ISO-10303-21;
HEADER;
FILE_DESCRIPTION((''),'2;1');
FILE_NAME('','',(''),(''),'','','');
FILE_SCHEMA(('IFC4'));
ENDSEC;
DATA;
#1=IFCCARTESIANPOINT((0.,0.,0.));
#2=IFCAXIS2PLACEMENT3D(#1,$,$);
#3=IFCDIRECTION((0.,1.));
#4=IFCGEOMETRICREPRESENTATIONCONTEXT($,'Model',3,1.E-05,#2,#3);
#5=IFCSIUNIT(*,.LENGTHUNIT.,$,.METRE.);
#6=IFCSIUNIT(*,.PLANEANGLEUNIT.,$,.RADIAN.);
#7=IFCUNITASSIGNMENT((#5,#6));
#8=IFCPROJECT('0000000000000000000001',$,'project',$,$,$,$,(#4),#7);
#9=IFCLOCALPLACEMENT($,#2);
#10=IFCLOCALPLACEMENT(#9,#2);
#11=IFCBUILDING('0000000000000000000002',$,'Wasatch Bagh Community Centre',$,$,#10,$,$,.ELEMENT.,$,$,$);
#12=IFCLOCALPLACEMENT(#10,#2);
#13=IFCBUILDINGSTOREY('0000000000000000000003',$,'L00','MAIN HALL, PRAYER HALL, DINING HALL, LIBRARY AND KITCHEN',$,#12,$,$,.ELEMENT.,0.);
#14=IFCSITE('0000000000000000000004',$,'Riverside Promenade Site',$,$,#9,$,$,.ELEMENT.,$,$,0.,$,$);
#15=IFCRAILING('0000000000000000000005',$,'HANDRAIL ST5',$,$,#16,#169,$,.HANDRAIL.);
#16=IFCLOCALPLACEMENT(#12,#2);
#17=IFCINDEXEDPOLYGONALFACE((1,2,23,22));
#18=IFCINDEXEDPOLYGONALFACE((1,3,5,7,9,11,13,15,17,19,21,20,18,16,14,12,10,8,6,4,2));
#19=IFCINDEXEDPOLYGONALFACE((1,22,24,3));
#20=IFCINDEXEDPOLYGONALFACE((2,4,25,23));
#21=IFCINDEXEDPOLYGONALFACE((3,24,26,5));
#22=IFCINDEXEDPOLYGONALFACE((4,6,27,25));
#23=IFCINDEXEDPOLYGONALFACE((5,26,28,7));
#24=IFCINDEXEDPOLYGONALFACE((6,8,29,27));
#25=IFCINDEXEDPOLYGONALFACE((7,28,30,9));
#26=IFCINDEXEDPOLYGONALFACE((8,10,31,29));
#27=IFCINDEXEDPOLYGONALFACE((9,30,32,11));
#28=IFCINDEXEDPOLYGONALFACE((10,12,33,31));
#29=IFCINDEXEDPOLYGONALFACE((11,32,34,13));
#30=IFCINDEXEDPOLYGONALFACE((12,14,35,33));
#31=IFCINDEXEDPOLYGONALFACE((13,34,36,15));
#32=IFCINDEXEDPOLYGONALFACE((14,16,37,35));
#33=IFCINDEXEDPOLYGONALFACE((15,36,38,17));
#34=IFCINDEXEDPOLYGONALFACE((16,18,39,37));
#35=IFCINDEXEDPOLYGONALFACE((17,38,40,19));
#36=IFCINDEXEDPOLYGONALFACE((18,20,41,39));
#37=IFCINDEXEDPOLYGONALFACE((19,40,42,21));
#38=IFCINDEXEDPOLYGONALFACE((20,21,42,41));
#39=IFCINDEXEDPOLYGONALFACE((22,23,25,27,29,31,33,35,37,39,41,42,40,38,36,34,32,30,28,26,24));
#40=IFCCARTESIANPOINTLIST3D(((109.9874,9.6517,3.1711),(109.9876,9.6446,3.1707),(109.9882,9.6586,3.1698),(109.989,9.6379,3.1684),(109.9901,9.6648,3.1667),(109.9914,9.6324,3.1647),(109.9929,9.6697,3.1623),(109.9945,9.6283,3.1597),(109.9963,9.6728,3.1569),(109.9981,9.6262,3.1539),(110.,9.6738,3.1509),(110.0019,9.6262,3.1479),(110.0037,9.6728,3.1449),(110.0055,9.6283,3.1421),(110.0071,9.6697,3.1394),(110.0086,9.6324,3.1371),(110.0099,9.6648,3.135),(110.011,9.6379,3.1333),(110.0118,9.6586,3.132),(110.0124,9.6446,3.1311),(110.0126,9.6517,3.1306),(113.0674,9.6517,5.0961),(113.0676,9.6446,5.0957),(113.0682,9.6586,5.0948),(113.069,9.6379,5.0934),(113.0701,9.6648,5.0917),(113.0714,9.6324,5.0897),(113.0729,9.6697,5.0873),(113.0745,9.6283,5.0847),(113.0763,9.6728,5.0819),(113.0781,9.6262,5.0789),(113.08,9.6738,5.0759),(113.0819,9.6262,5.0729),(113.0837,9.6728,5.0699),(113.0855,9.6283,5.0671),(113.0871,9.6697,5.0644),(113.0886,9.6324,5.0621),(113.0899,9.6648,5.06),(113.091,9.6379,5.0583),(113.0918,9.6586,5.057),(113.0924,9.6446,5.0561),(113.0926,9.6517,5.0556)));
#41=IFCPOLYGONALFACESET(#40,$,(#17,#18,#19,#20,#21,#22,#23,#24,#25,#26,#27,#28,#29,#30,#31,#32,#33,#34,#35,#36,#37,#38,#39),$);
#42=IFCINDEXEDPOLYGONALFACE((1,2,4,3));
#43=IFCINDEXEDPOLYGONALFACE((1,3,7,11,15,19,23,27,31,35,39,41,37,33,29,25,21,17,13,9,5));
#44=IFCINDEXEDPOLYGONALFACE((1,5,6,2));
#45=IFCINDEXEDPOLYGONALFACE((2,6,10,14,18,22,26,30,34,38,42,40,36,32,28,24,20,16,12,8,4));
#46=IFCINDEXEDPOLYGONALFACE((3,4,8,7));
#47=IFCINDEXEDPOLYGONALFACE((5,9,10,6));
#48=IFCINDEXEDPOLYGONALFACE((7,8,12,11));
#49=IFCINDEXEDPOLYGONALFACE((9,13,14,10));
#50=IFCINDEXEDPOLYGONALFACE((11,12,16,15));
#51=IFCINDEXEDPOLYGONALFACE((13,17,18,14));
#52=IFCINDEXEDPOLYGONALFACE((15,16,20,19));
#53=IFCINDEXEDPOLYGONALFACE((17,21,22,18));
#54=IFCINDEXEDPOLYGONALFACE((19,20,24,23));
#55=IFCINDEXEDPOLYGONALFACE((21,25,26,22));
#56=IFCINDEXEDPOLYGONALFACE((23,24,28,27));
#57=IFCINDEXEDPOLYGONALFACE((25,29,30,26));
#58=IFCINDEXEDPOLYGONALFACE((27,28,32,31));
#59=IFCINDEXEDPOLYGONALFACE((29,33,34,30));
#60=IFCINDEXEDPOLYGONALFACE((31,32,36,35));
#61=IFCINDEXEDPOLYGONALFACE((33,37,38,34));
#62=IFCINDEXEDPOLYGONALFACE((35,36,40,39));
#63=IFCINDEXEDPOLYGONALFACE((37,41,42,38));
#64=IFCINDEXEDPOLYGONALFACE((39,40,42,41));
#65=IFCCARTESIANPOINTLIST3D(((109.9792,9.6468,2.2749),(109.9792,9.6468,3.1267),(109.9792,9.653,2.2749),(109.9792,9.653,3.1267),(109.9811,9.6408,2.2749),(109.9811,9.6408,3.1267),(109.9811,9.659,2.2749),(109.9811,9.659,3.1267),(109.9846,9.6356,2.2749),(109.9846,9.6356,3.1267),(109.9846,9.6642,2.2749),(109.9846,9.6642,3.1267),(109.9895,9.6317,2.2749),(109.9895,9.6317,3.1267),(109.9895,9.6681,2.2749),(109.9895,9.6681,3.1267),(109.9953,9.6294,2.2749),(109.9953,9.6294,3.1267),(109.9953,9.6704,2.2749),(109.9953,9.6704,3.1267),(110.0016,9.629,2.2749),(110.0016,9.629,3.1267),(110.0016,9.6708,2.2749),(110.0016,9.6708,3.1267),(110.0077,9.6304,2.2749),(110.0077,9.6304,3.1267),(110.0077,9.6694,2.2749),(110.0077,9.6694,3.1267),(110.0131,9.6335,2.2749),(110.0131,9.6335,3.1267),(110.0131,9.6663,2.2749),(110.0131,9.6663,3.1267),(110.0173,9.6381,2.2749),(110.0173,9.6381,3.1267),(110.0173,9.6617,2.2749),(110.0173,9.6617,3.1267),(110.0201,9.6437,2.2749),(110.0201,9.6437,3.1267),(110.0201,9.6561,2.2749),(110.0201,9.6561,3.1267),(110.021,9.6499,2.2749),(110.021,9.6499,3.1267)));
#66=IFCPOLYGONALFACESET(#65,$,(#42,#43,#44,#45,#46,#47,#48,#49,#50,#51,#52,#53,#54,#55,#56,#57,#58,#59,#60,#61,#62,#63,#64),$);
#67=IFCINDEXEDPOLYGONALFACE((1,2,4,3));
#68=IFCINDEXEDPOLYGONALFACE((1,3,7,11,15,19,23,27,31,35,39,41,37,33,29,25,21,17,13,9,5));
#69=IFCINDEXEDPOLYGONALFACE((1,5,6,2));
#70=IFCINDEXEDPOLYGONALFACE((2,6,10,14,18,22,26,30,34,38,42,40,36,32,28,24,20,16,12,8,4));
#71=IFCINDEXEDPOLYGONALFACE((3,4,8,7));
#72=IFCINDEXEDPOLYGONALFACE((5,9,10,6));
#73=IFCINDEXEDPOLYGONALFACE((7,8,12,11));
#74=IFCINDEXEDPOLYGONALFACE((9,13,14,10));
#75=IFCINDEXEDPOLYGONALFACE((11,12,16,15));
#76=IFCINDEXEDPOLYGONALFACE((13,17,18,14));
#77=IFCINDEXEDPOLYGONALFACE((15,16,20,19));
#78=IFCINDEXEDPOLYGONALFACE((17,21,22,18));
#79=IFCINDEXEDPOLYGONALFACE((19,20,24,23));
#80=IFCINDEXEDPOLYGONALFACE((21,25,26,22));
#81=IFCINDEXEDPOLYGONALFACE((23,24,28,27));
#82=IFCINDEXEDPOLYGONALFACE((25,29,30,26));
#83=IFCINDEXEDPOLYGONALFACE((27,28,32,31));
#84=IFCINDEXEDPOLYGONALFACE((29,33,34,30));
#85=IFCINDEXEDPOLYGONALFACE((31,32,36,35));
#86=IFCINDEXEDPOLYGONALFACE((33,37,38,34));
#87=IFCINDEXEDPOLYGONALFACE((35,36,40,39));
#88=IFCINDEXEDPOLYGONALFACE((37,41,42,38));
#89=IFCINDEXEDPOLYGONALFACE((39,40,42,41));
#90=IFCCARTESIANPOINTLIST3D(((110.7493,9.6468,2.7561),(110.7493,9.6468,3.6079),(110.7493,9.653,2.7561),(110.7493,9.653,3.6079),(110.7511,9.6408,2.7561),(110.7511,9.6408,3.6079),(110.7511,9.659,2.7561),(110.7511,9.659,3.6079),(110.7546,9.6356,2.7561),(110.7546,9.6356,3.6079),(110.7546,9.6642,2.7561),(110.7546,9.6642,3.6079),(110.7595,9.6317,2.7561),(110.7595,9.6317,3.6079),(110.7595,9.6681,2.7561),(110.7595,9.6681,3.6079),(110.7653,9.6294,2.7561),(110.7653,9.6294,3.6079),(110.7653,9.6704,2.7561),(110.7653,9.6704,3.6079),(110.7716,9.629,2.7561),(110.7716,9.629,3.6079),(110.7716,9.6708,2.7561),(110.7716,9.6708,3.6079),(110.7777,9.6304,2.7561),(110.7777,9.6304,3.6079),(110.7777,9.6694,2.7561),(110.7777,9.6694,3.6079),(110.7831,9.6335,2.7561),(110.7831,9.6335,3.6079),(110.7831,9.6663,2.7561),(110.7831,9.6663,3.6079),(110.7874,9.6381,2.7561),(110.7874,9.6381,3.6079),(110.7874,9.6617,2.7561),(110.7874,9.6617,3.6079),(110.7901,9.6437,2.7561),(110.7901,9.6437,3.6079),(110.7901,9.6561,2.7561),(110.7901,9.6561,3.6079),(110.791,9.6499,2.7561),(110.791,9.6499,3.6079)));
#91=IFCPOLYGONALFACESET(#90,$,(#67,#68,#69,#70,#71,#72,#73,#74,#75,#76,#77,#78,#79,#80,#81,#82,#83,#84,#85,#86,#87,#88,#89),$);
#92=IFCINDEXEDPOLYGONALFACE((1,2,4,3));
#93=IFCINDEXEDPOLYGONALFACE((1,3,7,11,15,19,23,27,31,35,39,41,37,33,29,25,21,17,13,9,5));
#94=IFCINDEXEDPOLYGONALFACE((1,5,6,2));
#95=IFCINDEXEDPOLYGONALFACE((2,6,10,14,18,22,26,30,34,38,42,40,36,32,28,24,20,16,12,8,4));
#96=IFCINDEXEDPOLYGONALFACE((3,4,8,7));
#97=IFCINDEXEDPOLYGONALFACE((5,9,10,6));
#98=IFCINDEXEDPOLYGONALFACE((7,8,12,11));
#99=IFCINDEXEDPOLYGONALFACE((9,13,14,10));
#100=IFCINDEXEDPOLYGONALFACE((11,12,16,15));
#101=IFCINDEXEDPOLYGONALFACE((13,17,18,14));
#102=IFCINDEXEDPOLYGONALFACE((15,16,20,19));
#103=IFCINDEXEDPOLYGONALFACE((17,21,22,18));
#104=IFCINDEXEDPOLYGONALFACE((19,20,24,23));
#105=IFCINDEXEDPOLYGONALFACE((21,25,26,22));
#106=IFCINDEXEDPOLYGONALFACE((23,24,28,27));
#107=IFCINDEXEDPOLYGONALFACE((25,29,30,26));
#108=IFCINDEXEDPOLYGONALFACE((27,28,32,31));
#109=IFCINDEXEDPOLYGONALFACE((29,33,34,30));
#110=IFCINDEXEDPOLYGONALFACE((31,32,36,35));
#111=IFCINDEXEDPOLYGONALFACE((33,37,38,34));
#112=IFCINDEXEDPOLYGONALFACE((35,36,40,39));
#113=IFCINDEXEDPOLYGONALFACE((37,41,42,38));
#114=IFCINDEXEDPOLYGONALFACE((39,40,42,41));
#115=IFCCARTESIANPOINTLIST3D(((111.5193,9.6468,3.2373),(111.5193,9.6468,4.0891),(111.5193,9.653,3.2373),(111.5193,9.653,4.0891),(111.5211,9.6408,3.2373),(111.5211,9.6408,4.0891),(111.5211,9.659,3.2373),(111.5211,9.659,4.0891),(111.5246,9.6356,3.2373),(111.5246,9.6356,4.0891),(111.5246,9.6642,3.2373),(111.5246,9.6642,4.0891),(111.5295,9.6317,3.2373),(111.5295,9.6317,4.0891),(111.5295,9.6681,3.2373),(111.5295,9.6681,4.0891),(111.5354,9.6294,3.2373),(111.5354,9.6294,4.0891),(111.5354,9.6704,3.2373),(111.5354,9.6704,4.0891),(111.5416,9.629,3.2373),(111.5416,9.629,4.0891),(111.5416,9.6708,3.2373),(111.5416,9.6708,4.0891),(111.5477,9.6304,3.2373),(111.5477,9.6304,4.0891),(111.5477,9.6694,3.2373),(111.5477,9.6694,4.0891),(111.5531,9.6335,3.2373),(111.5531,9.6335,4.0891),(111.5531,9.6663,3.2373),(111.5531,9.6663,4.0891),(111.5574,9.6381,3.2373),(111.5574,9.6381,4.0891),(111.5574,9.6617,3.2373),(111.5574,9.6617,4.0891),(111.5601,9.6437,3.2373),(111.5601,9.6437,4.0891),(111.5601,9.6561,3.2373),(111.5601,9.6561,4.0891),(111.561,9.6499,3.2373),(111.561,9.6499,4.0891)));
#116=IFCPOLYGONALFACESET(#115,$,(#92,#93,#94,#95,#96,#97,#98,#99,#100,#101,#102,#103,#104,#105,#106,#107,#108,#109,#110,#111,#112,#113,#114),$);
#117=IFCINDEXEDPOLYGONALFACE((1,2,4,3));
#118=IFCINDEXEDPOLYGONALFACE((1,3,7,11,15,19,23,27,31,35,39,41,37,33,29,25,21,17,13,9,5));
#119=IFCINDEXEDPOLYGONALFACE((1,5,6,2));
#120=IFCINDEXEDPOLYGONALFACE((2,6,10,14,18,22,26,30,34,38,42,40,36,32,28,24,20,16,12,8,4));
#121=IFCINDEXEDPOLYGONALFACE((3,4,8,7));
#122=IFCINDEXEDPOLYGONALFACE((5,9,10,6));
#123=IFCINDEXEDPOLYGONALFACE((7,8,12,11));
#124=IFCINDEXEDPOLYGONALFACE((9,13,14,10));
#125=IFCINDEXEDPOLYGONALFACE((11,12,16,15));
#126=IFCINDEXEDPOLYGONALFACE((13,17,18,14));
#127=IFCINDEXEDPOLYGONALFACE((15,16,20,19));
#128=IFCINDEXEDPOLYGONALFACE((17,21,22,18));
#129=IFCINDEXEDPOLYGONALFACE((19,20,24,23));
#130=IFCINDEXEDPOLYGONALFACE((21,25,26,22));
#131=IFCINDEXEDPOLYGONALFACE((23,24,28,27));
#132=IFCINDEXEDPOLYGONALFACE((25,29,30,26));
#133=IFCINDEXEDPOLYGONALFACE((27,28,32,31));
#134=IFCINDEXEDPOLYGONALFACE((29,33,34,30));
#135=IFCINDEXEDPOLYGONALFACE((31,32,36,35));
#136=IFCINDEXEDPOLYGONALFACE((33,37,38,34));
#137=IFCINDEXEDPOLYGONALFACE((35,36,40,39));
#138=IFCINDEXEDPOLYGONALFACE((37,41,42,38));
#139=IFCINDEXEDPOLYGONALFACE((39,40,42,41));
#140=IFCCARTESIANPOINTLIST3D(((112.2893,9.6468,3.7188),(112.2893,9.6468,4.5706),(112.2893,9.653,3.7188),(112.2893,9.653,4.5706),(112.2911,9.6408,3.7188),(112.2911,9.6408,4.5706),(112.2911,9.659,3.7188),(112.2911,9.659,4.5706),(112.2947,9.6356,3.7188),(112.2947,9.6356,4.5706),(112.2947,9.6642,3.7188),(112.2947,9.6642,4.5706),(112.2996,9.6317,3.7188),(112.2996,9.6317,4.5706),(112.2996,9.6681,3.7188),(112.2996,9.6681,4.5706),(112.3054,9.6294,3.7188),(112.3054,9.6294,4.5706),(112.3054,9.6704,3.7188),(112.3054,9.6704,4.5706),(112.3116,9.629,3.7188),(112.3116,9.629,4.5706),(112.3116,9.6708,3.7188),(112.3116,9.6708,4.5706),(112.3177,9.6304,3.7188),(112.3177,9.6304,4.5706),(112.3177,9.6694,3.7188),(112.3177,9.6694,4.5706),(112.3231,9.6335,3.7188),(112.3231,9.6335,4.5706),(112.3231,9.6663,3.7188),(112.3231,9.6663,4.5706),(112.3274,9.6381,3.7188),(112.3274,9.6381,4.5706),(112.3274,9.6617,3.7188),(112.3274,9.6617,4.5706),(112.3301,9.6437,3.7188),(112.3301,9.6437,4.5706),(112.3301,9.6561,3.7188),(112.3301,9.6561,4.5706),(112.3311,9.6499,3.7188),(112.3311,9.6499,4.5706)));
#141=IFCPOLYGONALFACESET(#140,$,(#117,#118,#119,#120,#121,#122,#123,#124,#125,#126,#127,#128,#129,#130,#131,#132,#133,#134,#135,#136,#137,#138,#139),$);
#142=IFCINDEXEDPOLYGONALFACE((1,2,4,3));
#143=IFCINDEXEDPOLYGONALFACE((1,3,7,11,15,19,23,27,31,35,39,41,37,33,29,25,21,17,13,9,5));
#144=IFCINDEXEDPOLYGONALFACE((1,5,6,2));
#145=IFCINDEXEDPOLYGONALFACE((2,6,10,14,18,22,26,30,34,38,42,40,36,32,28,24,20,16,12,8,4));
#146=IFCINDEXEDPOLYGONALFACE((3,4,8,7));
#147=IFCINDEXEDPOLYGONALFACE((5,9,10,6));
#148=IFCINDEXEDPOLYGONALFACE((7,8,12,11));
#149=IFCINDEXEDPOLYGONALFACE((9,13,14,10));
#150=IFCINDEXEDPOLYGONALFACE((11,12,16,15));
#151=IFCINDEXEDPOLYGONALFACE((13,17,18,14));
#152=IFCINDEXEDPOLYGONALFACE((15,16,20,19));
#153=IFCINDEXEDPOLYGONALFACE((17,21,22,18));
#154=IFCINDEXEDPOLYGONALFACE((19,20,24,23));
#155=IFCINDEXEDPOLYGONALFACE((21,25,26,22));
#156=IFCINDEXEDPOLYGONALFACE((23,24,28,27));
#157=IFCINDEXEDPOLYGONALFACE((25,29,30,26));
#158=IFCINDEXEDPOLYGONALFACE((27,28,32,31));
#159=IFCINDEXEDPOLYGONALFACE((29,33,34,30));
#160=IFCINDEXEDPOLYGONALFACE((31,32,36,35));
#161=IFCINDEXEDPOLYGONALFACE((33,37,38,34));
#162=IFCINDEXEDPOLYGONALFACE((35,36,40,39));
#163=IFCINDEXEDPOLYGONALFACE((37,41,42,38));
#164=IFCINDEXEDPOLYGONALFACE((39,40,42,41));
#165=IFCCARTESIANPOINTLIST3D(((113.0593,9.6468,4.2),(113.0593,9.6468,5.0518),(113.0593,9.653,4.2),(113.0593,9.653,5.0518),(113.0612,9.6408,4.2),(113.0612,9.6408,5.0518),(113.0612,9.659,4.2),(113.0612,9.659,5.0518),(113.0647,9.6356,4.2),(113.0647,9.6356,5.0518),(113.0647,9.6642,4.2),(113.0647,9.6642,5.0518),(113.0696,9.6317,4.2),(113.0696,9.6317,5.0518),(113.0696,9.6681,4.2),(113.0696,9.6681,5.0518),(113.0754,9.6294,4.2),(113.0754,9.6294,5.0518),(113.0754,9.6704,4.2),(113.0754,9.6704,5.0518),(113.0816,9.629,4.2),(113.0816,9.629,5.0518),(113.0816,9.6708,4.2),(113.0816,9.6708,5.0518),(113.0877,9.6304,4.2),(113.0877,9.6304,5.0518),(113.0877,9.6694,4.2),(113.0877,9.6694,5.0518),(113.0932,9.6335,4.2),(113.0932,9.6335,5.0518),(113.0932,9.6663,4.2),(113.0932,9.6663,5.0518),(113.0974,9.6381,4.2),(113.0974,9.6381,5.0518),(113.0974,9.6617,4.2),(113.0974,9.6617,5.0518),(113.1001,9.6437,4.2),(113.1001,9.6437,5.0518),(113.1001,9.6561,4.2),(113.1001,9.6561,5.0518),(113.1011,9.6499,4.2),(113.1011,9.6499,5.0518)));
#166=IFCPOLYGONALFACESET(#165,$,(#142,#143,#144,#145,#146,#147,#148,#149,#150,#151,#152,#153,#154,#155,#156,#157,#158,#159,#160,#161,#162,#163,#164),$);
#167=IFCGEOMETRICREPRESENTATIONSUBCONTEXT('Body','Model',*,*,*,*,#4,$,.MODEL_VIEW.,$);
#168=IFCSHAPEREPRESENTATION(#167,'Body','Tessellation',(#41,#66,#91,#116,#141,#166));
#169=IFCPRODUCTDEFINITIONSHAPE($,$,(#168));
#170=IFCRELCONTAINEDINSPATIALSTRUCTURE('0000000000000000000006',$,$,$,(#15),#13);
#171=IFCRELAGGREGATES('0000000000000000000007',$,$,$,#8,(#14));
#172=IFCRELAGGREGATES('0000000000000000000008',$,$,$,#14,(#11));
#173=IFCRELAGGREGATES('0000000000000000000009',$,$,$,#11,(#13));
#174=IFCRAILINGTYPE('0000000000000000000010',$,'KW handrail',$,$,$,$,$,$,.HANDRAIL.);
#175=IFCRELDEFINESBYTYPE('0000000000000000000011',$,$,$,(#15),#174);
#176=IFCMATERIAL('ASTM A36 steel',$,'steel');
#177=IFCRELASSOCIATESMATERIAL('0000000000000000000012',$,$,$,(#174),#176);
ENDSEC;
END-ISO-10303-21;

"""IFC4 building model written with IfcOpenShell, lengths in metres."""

from ifc_helpers import new_model, si_unit, direction, frame, origin, origin_2d, place, context, subcontext, project, spatial, circle, extrude, material, type_object, element, save


model = new_model("IFC4")

# Units and contexts
model_context = context("Model", 3, precision=1e-05, world=origin(), true_north=direction((0.0, 1.0)))
body_context = subcontext(model_context, "Body", "Model", "MODEL_VIEW")
ifc_project = project(units=[si_unit("LENGTHUNIT", "METRE"), si_unit("PLANEANGLEUNIT", "RADIAN")], contexts=[model_context])

# Site, building, storey
site_placement = place(None, origin())
site = spatial("IfcSite", under=ifc_project, at=site_placement, Name="Riverside Promenade Site", CompositionType="ELEMENT", RefElevation=0.0)
building_placement = place(site_placement, origin())
building = spatial("IfcBuilding", under=site, at=building_placement, Name="Wasatch Bagh Community Centre", CompositionType="ELEMENT")
storey_placement = place(building_placement, origin())
storey = spatial("IfcBuildingStorey", under=building, at=storey_placement, Name="L00", Description="MAIN HALL, PRAYER HALL, DINING HALL, LIBRARY AND KITCHEN", CompositionType="ELEMENT", Elevation=0.0)

# Railing
ifc_material_1 = material(Name="ASTM A36 steel", Category="steel")
railing_type_1 = type_object("IfcRailingType", Name="KW handrail", PredefinedType="HANDRAIL", material=ifc_material_1)
for number, where, name in (
    (1, (110.0, 9.6499, 2.2749), "HANDRAIL ST5"),
):
    element("IfcRailing", number, at=place(storey_placement, frame(where)), inside=storey, type_object=railing_type_1, Name=name, PredefinedType="HANDRAIL", context=body_context, shape_type="SweptSolid", body=[
        extrude(circle(Radius=0.0239, at=origin_2d()), frame((0.0, 0.0, 0.876), z_axis=(0.847998, 0.0, 0.529999), x_axis=(0.0, 1.0, 0.0)), (0.0, 0.0, 1.0), 3.6321),
        extrude(circle(Radius=0.021, at=origin_2d()), origin(), (0.0, 0.0, 1.0), 0.8518),
        extrude(circle(Radius=0.021, at=origin_2d()), frame((0.77, 0.0, 0.4812)), (0.0, 0.0, 1.0), 0.8518),
        extrude(circle(Radius=0.021, at=origin_2d()), frame((1.54, 0.0, 0.9624)), (0.0, 0.0, 1.0), 0.8518),
        extrude(circle(Radius=0.021, at=origin_2d()), frame((2.3101, 0.0, 1.4438)), (0.0, 0.0, 1.0), 0.8518),
        extrude(circle(Radius=0.021, at=origin_2d()), frame((3.0801, 0.0, 1.925)), (0.0, 0.0, 1.0), 0.8518),
    ])

save(model, "model.ifc")
